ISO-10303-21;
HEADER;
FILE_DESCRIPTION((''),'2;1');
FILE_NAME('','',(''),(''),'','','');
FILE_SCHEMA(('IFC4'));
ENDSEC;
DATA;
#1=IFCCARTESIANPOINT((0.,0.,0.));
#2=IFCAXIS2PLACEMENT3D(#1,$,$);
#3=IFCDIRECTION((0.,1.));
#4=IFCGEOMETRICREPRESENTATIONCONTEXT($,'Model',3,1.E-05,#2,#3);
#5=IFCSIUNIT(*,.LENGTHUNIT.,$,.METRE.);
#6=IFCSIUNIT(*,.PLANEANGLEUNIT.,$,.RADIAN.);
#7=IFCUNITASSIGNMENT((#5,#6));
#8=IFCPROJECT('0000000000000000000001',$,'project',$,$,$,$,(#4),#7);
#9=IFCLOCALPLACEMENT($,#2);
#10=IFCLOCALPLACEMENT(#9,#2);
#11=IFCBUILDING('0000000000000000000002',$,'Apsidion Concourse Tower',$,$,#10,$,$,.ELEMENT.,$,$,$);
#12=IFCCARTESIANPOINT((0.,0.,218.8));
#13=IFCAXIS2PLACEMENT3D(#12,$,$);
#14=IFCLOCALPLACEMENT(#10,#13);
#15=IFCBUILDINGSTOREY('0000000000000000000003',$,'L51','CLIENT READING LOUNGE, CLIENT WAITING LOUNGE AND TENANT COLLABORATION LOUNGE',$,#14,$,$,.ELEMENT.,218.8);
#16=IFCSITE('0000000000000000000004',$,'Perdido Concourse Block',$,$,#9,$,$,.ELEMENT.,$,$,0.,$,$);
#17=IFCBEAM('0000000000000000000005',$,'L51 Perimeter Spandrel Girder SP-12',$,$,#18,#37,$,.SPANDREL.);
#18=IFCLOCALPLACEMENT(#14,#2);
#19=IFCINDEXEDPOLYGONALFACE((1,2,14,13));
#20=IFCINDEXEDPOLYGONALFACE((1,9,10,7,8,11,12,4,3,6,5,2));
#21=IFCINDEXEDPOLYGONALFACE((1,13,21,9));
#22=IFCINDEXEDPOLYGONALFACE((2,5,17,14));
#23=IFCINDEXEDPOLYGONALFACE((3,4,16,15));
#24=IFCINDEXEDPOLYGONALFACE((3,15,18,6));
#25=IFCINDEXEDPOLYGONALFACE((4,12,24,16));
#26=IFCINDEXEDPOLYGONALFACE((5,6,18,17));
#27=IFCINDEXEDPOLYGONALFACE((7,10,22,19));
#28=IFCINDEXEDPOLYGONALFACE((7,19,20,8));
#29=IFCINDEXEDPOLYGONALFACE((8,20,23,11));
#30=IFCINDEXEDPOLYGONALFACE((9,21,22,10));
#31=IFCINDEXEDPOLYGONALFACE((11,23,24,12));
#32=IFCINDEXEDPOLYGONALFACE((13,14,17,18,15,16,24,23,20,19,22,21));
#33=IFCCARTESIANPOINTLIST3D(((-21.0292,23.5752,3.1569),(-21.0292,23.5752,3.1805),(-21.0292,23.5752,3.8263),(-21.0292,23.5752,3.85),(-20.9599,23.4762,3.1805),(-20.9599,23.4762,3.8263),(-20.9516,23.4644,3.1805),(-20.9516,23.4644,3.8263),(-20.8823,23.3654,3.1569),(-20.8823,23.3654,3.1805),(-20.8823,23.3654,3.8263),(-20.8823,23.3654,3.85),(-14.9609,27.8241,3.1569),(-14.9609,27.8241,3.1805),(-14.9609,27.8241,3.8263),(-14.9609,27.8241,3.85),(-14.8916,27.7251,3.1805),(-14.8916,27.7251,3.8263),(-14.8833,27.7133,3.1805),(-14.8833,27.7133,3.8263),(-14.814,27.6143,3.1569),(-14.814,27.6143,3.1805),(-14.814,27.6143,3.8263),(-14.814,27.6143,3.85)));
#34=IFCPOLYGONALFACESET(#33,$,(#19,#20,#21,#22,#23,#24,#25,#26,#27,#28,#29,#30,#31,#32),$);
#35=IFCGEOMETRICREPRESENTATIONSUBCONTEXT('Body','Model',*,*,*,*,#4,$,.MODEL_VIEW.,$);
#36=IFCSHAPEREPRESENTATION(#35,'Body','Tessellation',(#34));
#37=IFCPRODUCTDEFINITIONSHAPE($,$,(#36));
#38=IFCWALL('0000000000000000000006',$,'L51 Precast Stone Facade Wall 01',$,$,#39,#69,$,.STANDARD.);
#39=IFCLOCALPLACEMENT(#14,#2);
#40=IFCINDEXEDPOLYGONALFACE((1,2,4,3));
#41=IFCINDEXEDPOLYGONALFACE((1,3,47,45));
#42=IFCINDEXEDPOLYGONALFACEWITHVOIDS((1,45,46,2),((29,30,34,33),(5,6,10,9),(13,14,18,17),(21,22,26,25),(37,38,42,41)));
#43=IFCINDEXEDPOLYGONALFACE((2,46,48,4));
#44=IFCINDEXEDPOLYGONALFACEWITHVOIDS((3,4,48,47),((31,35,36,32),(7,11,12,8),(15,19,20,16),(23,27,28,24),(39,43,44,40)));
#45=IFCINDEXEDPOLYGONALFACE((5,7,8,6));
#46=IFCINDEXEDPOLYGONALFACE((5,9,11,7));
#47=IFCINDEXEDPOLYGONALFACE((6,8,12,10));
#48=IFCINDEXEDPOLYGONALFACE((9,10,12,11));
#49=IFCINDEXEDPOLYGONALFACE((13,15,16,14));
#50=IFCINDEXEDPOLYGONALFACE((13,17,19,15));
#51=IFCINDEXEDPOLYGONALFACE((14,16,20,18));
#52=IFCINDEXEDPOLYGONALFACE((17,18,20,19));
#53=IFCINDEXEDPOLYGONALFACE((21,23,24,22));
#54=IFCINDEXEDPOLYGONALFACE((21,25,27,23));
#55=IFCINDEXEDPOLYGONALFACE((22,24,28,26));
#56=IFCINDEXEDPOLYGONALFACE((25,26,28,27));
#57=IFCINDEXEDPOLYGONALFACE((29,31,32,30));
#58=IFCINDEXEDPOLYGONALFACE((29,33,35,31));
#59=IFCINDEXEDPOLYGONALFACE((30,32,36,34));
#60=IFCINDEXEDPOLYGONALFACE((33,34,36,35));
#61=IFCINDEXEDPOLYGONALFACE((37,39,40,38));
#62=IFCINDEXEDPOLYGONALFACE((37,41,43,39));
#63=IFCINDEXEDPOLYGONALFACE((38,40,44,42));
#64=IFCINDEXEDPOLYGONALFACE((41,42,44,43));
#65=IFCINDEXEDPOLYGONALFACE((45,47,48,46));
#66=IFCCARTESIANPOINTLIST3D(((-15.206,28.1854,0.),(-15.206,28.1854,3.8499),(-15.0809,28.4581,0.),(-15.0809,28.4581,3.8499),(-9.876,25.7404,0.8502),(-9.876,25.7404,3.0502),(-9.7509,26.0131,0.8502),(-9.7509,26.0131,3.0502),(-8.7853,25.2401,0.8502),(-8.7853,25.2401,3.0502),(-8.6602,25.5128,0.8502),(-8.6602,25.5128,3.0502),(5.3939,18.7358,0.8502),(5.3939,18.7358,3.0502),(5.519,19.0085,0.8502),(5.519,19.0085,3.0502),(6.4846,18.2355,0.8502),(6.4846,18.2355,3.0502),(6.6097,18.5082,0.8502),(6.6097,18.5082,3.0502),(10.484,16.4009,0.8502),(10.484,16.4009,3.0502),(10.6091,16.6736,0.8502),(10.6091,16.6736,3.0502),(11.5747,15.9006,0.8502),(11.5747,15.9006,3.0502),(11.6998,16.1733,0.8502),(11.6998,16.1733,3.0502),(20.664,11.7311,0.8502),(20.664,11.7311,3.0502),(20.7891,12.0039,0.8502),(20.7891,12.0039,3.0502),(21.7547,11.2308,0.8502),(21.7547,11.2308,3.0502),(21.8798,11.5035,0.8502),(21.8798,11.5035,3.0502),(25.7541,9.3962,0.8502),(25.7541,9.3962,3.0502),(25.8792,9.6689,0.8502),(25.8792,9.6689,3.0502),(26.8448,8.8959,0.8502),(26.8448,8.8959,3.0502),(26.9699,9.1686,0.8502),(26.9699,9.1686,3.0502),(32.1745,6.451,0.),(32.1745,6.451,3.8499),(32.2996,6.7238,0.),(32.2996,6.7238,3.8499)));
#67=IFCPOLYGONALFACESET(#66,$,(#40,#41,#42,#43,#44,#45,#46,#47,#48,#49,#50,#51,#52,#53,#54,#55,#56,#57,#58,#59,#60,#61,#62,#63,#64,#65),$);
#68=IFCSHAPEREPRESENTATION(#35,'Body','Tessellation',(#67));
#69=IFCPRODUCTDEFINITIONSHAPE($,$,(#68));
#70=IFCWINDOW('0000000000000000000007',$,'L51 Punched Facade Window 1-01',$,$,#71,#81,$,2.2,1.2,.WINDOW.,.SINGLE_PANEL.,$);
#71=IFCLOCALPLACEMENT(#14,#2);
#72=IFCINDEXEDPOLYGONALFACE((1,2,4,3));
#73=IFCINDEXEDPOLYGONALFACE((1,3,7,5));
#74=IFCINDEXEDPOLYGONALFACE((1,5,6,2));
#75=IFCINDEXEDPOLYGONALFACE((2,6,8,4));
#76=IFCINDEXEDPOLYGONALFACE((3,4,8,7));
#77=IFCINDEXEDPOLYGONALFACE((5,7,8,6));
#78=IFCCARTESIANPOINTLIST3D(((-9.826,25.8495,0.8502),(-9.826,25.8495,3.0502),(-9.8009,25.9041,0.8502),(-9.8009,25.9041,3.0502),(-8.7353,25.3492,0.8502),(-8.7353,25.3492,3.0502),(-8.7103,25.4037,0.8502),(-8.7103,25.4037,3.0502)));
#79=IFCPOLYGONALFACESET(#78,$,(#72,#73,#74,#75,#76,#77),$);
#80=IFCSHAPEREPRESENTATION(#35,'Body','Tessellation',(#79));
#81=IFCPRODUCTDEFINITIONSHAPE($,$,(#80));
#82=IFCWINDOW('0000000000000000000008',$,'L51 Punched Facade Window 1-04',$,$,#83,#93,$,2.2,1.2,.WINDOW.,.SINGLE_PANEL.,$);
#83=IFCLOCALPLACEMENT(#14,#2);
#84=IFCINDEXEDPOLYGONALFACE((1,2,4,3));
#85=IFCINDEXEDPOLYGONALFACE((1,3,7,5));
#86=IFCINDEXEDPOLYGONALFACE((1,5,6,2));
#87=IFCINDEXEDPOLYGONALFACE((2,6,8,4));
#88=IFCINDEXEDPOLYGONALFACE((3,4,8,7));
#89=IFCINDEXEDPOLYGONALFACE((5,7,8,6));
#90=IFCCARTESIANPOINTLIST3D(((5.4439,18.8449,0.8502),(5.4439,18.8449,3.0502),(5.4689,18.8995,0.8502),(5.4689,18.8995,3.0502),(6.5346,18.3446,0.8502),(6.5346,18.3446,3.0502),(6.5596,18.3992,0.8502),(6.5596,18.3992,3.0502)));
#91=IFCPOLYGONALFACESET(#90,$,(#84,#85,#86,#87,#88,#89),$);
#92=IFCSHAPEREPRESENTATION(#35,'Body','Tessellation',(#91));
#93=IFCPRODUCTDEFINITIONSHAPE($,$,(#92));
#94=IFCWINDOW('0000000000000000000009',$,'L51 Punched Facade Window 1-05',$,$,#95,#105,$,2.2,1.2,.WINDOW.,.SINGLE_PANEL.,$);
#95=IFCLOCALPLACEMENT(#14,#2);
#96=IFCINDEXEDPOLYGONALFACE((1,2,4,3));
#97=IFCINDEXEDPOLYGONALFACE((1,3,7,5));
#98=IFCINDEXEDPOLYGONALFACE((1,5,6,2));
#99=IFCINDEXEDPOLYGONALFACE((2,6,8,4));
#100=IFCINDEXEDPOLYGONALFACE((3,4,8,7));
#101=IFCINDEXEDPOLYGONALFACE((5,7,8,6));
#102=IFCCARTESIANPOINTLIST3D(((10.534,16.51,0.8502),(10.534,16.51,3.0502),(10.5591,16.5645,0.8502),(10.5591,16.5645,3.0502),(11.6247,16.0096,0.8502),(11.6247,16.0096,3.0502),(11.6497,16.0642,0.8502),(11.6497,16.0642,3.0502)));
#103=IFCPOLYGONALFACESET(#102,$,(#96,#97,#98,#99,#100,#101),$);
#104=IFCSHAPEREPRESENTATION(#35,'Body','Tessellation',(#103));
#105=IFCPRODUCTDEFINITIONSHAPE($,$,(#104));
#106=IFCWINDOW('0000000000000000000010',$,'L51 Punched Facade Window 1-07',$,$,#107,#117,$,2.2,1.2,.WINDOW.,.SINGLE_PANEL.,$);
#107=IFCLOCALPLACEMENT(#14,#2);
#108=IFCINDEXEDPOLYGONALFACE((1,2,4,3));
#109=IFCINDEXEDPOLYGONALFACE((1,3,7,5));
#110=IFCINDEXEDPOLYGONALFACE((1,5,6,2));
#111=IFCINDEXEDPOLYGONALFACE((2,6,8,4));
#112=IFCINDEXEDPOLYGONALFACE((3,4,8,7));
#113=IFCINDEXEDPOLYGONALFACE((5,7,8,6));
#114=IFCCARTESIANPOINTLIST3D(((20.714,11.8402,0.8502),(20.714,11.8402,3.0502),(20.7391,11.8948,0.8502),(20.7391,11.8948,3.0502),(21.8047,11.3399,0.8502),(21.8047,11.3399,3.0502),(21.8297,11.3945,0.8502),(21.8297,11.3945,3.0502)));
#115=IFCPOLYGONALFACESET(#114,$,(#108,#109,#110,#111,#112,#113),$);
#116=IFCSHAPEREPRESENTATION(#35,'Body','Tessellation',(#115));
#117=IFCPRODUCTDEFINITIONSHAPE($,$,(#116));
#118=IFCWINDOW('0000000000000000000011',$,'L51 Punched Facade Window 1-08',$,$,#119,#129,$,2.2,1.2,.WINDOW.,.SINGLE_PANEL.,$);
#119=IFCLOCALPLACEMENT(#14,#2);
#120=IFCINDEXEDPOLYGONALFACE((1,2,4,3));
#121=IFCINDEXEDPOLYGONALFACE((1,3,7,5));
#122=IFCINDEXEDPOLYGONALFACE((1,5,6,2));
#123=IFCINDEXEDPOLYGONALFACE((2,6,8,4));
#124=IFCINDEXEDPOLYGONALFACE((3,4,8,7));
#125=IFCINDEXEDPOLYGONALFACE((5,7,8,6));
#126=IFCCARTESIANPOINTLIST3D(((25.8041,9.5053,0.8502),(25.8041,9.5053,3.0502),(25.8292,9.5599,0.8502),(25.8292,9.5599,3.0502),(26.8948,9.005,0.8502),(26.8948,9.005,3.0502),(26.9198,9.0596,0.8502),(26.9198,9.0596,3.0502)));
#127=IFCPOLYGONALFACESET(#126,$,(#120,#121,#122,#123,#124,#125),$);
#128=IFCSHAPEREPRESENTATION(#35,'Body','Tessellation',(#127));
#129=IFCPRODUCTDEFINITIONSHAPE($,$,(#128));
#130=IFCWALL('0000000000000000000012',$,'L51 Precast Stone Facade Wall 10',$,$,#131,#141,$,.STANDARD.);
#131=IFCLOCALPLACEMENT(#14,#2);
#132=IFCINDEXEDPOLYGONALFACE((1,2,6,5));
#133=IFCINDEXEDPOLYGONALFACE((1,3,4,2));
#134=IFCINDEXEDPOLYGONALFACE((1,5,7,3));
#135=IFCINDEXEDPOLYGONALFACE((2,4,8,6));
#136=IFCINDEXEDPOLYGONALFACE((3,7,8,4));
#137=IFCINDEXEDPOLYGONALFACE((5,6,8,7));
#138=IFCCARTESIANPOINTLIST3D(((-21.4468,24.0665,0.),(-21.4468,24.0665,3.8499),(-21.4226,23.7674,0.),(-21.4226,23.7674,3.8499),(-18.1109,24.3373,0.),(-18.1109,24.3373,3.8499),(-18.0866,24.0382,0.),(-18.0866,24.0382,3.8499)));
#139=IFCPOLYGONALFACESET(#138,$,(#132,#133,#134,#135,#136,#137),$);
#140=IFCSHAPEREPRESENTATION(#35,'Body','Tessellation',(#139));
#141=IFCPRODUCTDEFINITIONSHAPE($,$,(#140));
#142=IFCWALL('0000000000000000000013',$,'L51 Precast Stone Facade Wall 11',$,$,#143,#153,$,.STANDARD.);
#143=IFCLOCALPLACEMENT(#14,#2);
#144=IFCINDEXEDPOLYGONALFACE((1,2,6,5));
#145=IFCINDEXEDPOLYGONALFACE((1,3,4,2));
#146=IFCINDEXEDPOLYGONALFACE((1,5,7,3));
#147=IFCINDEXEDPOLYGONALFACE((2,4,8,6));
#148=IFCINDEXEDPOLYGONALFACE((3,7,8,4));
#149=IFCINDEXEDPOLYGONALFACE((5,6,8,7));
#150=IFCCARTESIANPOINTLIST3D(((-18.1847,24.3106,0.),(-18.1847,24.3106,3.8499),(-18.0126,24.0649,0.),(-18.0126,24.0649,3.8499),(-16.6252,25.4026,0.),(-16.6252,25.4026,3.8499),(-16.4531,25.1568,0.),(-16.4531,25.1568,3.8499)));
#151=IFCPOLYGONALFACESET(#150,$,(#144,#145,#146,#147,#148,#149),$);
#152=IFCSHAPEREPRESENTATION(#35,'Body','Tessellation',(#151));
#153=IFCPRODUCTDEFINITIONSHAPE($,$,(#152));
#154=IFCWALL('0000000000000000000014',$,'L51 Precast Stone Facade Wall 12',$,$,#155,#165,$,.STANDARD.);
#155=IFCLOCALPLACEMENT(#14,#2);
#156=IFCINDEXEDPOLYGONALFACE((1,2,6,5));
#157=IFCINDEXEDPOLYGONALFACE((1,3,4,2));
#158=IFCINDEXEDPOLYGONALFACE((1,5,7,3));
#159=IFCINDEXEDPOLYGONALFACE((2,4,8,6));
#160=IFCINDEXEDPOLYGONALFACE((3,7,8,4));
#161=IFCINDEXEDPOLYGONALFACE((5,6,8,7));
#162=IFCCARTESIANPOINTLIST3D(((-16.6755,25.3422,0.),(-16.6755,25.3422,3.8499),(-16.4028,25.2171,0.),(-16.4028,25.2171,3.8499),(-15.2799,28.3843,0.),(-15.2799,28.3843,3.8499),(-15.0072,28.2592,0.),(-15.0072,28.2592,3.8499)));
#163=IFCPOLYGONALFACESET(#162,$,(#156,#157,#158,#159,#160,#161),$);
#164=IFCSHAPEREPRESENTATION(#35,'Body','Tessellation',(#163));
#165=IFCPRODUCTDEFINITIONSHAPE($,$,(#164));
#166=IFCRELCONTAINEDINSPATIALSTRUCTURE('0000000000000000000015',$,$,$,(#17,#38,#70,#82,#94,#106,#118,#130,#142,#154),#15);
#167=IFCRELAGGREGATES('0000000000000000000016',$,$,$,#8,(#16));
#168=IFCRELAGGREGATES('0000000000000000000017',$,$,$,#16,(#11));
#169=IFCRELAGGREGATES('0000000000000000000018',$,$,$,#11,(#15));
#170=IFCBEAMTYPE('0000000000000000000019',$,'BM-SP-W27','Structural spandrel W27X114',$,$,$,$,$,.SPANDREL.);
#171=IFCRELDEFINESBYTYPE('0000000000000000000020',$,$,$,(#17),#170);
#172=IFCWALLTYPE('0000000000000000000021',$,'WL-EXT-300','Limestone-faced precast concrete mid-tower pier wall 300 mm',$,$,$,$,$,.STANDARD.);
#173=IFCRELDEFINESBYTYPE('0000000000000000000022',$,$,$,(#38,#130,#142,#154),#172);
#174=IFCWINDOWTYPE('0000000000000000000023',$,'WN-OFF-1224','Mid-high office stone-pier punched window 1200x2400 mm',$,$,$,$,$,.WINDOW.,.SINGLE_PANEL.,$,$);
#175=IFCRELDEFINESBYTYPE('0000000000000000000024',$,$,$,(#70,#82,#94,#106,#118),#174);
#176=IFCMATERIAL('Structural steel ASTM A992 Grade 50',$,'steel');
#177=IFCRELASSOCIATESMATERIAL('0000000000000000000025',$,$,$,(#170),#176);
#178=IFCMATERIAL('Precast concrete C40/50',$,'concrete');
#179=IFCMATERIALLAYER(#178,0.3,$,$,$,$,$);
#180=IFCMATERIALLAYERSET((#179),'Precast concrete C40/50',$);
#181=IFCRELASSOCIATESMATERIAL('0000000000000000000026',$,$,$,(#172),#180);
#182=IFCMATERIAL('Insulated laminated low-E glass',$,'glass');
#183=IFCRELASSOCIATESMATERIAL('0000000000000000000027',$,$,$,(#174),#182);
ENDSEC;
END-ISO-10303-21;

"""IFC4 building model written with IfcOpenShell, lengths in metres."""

from ifc_helpers import new_model, si_unit, direction, frame, frame_2d, origin, origin_2d, place, context, subcontext, project, spatial, rectangle, i_section, extrude, material, layer, layer_set, material_profile, profile_set, type_object, element, fill, save


model = new_model("IFC4")

# Units and contexts
model_context = context("Model", 3, precision=1e-05, world=origin(), true_north=direction((0.0, 1.0)))
body_context = subcontext(model_context, "Body", "Model", "MODEL_VIEW")
ifc_project = project(units=[si_unit("LENGTHUNIT", "METRE"), si_unit("PLANEANGLEUNIT", "RADIAN")], contexts=[model_context])

# Site, building, storey
site_placement = place(None, origin())
site = spatial("IfcSite", under=ifc_project, at=site_placement, Name="Perdido Concourse Block", CompositionType="ELEMENT", RefElevation=0.0)
building_placement = place(site_placement, origin())
building = spatial("IfcBuilding", under=site, at=building_placement, Name="Apsidion Concourse Tower", CompositionType="ELEMENT")
storey_placement = place(building_placement, frame((0.0, 0.0, 218.8)))
storey = spatial("IfcBuildingStorey", under=building, at=storey_placement, Name="L51", Description="CLIENT READING LOUNGE, CLIENT WAITING LOUNGE AND TENANT COLLABORATION LOUNGE", CompositionType="ELEMENT", Elevation=218.8)

# Shared definitions
ifc_material_1 = material(Name="Structural steel ASTM A992 Grade 50", Category="steel")

# Beam
ifc_material_profile_1 = material_profile(ifc_material_1, i_section(OverallWidth=0.2561, OverallDepth=0.6931, WebThickness=0.0144, FlangeThickness=0.0237, at=origin_2d()), Name="W27X114")
ifc_profile_set_1 = profile_set([ifc_material_profile_1], Name="Structural steel ASTM A992 Grade 50")
beam_type_1 = type_object("IfcBeamType", Name="BM-SP-W27", Description="Structural spandrel W27X114", PredefinedType="SPANDREL", material=ifc_profile_set_1)
beam_1_placement = place(storey_placement, frame((-14.8875, 27.7192, 3.5034), z_axis=(-0.819158, -0.573569, 0.0), x_axis=(0.573569, -0.819158, 0.0)))
element("IfcBeam", 1, at=beam_1_placement, inside=storey, type_object=beam_type_1, Name="L51 Perimeter Spandrel Girder SP-12", PredefinedType="SPANDREL", context=body_context, shape_type="SweptSolid", body=[
    extrude(i_section(OverallWidth=0.2561, OverallDepth=0.6931, WebThickness=0.0144, FlangeThickness=0.0237, at=origin_2d()), origin(), (0.0, 0.0, 1.0), 7.408),
])

# Wall, openings, windows
ifc_material_2 = material(Name="Precast concrete C40/50", Category="concrete")
ifc_layer_1 = layer(ifc_material_2, 0.3)
ifc_layer_set_1 = layer_set([ifc_layer_1], Name="Precast concrete C40/50")
wall_type_1 = type_object("IfcWallType", Name="WL-EXT-300", Description="Limestone-faced precast concrete mid-tower pier wall 300 mm", PredefinedType="STANDARD", material=ifc_layer_set_1)
wall_1_placement = place(storey_placement, frame((-15.1436, 28.3218, 0.0), z_axis=(0.0, 0.0, 1.0), x_axis=(0.908932, -0.416944, 0.0)))
wall_1 = element("IfcWall", 2, at=wall_1_placement, inside=storey, type_object=wall_type_1, Name="L51 Precast Stone Facade Wall 01", PredefinedType="STANDARD", context=body_context, shape_type="SweptSolid", body=[
    extrude(rectangle(XDim=52.1277, YDim=0.3, at=frame_2d((26.064, 0.0))), origin(), (0.0, 0.0, 1.0), 3.8499),
])
opening_1_placement = place(wall_1_placement, frame((5.864, 0.0, 0.8501)))
opening_1 = element("IfcOpeningElement", 3, at=opening_1_placement, cuts=wall_1, PredefinedType="OPENING", context=body_context, shape_type="SweptSolid", body=[
    extrude(rectangle(XDim=1.2, YDim=2.2, at=frame_2d((0.6001, 1.1001))), frame((0.0, 0.1602, 0.0), z_axis=(0.0, -1.0, 0.0), x_axis=(1.0, 0.0, 0.0)), (0.0, 0.0, 1.0), 0.3201),
])
opening_2_placement = place(wall_1_placement, frame((22.6638, 0.0, 0.8501)))
opening_2 = element("IfcOpeningElement", 4, at=opening_2_placement, cuts=wall_1, PredefinedType="OPENING", context=body_context, shape_type="SweptSolid", body=[
    extrude(rectangle(XDim=1.2, YDim=2.2, at=frame_2d((0.6001, 1.1001))), frame((0.0, 0.1602, 0.0), z_axis=(0.0, -1.0, 0.0), x_axis=(1.0, 0.0, 0.0)), (0.0, 0.0, 1.0), 0.3201),
])
opening_3_placement = place(wall_1_placement, frame((28.2639, 0.0, 0.8501)))
opening_3 = element("IfcOpeningElement", 5, at=opening_3_placement, cuts=wall_1, PredefinedType="OPENING", context=body_context, shape_type="SweptSolid", body=[
    extrude(rectangle(XDim=1.2, YDim=2.2, at=frame_2d((0.6001, 1.1001))), frame((0.0, 0.1602, 0.0), z_axis=(0.0, -1.0, 0.0), x_axis=(1.0, 0.0, 0.0)), (0.0, 0.0, 1.0), 0.3201),
])
opening_4_placement = place(wall_1_placement, frame((39.4639, 0.0, 0.8501)))
opening_4 = element("IfcOpeningElement", 6, at=opening_4_placement, cuts=wall_1, PredefinedType="OPENING", context=body_context, shape_type="SweptSolid", body=[
    extrude(rectangle(XDim=1.2, YDim=2.2, at=frame_2d((0.6001, 1.1001))), frame((0.0, 0.1602, 0.0), z_axis=(0.0, -1.0, 0.0), x_axis=(1.0, 0.0, 0.0)), (0.0, 0.0, 1.0), 0.3201),
])
opening_5_placement = place(wall_1_placement, frame((45.064, 0.0, 0.8501)))
opening_5 = element("IfcOpeningElement", 7, at=opening_5_placement, cuts=wall_1, PredefinedType="OPENING", context=body_context, shape_type="SweptSolid", body=[
    extrude(rectangle(XDim=1.2, YDim=2.2, at=frame_2d((0.6001, 1.1001))), frame((0.0, 0.1602, 0.0), z_axis=(0.0, -1.0, 0.0), x_axis=(1.0, 0.0, 0.0)), (0.0, 0.0, 1.0), 0.3201),
])
ifc_material_3 = material(Name="Insulated laminated low-E glass", Category="glass")
window_type = type_object("IfcWindowType", Name="WN-OFF-1224", Description="Mid-high office stone-pier punched window 1200x2400 mm", PartitioningType="SINGLE_PANEL", PredefinedType="WINDOW", material=ifc_material_3)
window_1_placement = place(opening_1_placement, origin())
window_1 = element("IfcWindow", 8, at=window_1_placement, inside=storey, type_object=window_type, Name="L51 Punched Facade Window 1-01", OverallHeight=2.2, OverallWidth=1.2, PartitioningType="SINGLE_PANEL", PredefinedType="WINDOW", context=body_context, shape_type="SweptSolid", body=[
    extrude(rectangle(XDim=1.2, YDim=2.2, at=frame_2d((0.6001, 1.1001))), frame((0.0, 0.03, 0.0), z_axis=(0.0, -1.0, 0.0), x_axis=(1.0, 0.0, 0.0)), (0.0, 0.0, 1.0), 0.0601),
])
fill(opening_1, window_1)
window_2_placement = place(opening_2_placement, origin())
window_2 = element("IfcWindow", 9, at=window_2_placement, inside=storey, type_object=window_type, Name="L51 Punched Facade Window 1-04", OverallHeight=2.2, OverallWidth=1.2, PartitioningType="SINGLE_PANEL", PredefinedType="WINDOW", context=body_context, shape_type="SweptSolid", body=[
    extrude(rectangle(XDim=1.2, YDim=2.2, at=frame_2d((0.6001, 1.1001))), frame((0.0, 0.03, 0.0), z_axis=(0.0, -1.0, 0.0), x_axis=(1.0, 0.0, 0.0)), (0.0, 0.0, 1.0), 0.0601),
])
fill(opening_2, window_2)
window_3_placement = place(opening_3_placement, origin())
window_3 = element("IfcWindow", 10, at=window_3_placement, inside=storey, type_object=window_type, Name="L51 Punched Facade Window 1-05", OverallHeight=2.2, OverallWidth=1.2, PartitioningType="SINGLE_PANEL", PredefinedType="WINDOW", context=body_context, shape_type="SweptSolid", body=[
    extrude(rectangle(XDim=1.2, YDim=2.2, at=frame_2d((0.6001, 1.1001))), frame((0.0, 0.03, 0.0), z_axis=(0.0, -1.0, 0.0), x_axis=(1.0, 0.0, 0.0)), (0.0, 0.0, 1.0), 0.0601),
])
fill(opening_3, window_3)
window_4_placement = place(opening_4_placement, origin())
window_4 = element("IfcWindow", 11, at=window_4_placement, inside=storey, type_object=window_type, Name="L51 Punched Facade Window 1-07", OverallHeight=2.2, OverallWidth=1.2, PartitioningType="SINGLE_PANEL", PredefinedType="WINDOW", context=body_context, shape_type="SweptSolid", body=[
    extrude(rectangle(XDim=1.2, YDim=2.2, at=frame_2d((0.6001, 1.1001))), frame((0.0, 0.03, 0.0), z_axis=(0.0, -1.0, 0.0), x_axis=(1.0, 0.0, 0.0)), (0.0, 0.0, 1.0), 0.0601),
])
fill(opening_4, window_4)
window_5_placement = place(opening_5_placement, origin())
window_5 = element("IfcWindow", 12, at=window_5_placement, inside=storey, type_object=window_type, Name="L51 Punched Facade Window 1-08", OverallHeight=2.2, OverallWidth=1.2, PartitioningType="SINGLE_PANEL", PredefinedType="WINDOW", context=body_context, shape_type="SweptSolid", body=[
    extrude(rectangle(XDim=1.2, YDim=2.2, at=frame_2d((0.6001, 1.1001))), frame((0.0, 0.03, 0.0), z_axis=(0.0, -1.0, 0.0), x_axis=(1.0, 0.0, 0.0)), (0.0, 0.0, 1.0), 0.0601),
])
fill(opening_5, window_5)

# Walls
wall_2_placement = place(storey_placement, frame((-21.4346, 23.917, 0.0), z_axis=(0.0, 0.0, 1.0), x_axis=(0.996723, 0.080896, 0.0)))
element("IfcWall", 13, at=wall_2_placement, inside=storey, type_object=wall_type_1, Name="L51 Precast Stone Facade Wall 10", PredefinedType="STANDARD", context=body_context, shape_type="SweptSolid", body=[
    extrude(rectangle(XDim=3.3469, YDim=0.3, at=frame_2d((1.6733, 0.0))), origin(), (0.0, 0.0, 1.0), 3.8499),
])
wall_3_placement = place(storey_placement, frame((-18.0986, 24.1877, 0.0), z_axis=(0.0, 0.0, 1.0), x_axis=(0.819148, 0.573583, 0.0)))
element("IfcWall", 14, at=wall_3_placement, inside=storey, type_object=wall_type_1, Name="L51 Precast Stone Facade Wall 11", PredefinedType="STANDARD", context=body_context, shape_type="SweptSolid", body=[
    extrude(rectangle(XDim=1.9038, YDim=0.3, at=frame_2d((0.9519, 0.0))), origin(), (0.0, 0.0, 1.0), 3.8499),
])
wall_4_placement = place(storey_placement, frame((-16.5391, 25.2798, 0.0), z_axis=(0.0, 0.0, 1.0), x_axis=(0.416966, 0.908922, 0.0)))
element("IfcWall", 15, at=wall_4_placement, inside=storey, type_object=wall_type_1, Name="L51 Precast Stone Facade Wall 12", PredefinedType="STANDARD", context=body_context, shape_type="SweptSolid", body=[
    extrude(rectangle(XDim=3.3469, YDim=0.3, at=frame_2d((1.6733, 0.0))), origin(), (0.0, 0.0, 1.0), 3.8499),
])

save(model, "model.ifc")
